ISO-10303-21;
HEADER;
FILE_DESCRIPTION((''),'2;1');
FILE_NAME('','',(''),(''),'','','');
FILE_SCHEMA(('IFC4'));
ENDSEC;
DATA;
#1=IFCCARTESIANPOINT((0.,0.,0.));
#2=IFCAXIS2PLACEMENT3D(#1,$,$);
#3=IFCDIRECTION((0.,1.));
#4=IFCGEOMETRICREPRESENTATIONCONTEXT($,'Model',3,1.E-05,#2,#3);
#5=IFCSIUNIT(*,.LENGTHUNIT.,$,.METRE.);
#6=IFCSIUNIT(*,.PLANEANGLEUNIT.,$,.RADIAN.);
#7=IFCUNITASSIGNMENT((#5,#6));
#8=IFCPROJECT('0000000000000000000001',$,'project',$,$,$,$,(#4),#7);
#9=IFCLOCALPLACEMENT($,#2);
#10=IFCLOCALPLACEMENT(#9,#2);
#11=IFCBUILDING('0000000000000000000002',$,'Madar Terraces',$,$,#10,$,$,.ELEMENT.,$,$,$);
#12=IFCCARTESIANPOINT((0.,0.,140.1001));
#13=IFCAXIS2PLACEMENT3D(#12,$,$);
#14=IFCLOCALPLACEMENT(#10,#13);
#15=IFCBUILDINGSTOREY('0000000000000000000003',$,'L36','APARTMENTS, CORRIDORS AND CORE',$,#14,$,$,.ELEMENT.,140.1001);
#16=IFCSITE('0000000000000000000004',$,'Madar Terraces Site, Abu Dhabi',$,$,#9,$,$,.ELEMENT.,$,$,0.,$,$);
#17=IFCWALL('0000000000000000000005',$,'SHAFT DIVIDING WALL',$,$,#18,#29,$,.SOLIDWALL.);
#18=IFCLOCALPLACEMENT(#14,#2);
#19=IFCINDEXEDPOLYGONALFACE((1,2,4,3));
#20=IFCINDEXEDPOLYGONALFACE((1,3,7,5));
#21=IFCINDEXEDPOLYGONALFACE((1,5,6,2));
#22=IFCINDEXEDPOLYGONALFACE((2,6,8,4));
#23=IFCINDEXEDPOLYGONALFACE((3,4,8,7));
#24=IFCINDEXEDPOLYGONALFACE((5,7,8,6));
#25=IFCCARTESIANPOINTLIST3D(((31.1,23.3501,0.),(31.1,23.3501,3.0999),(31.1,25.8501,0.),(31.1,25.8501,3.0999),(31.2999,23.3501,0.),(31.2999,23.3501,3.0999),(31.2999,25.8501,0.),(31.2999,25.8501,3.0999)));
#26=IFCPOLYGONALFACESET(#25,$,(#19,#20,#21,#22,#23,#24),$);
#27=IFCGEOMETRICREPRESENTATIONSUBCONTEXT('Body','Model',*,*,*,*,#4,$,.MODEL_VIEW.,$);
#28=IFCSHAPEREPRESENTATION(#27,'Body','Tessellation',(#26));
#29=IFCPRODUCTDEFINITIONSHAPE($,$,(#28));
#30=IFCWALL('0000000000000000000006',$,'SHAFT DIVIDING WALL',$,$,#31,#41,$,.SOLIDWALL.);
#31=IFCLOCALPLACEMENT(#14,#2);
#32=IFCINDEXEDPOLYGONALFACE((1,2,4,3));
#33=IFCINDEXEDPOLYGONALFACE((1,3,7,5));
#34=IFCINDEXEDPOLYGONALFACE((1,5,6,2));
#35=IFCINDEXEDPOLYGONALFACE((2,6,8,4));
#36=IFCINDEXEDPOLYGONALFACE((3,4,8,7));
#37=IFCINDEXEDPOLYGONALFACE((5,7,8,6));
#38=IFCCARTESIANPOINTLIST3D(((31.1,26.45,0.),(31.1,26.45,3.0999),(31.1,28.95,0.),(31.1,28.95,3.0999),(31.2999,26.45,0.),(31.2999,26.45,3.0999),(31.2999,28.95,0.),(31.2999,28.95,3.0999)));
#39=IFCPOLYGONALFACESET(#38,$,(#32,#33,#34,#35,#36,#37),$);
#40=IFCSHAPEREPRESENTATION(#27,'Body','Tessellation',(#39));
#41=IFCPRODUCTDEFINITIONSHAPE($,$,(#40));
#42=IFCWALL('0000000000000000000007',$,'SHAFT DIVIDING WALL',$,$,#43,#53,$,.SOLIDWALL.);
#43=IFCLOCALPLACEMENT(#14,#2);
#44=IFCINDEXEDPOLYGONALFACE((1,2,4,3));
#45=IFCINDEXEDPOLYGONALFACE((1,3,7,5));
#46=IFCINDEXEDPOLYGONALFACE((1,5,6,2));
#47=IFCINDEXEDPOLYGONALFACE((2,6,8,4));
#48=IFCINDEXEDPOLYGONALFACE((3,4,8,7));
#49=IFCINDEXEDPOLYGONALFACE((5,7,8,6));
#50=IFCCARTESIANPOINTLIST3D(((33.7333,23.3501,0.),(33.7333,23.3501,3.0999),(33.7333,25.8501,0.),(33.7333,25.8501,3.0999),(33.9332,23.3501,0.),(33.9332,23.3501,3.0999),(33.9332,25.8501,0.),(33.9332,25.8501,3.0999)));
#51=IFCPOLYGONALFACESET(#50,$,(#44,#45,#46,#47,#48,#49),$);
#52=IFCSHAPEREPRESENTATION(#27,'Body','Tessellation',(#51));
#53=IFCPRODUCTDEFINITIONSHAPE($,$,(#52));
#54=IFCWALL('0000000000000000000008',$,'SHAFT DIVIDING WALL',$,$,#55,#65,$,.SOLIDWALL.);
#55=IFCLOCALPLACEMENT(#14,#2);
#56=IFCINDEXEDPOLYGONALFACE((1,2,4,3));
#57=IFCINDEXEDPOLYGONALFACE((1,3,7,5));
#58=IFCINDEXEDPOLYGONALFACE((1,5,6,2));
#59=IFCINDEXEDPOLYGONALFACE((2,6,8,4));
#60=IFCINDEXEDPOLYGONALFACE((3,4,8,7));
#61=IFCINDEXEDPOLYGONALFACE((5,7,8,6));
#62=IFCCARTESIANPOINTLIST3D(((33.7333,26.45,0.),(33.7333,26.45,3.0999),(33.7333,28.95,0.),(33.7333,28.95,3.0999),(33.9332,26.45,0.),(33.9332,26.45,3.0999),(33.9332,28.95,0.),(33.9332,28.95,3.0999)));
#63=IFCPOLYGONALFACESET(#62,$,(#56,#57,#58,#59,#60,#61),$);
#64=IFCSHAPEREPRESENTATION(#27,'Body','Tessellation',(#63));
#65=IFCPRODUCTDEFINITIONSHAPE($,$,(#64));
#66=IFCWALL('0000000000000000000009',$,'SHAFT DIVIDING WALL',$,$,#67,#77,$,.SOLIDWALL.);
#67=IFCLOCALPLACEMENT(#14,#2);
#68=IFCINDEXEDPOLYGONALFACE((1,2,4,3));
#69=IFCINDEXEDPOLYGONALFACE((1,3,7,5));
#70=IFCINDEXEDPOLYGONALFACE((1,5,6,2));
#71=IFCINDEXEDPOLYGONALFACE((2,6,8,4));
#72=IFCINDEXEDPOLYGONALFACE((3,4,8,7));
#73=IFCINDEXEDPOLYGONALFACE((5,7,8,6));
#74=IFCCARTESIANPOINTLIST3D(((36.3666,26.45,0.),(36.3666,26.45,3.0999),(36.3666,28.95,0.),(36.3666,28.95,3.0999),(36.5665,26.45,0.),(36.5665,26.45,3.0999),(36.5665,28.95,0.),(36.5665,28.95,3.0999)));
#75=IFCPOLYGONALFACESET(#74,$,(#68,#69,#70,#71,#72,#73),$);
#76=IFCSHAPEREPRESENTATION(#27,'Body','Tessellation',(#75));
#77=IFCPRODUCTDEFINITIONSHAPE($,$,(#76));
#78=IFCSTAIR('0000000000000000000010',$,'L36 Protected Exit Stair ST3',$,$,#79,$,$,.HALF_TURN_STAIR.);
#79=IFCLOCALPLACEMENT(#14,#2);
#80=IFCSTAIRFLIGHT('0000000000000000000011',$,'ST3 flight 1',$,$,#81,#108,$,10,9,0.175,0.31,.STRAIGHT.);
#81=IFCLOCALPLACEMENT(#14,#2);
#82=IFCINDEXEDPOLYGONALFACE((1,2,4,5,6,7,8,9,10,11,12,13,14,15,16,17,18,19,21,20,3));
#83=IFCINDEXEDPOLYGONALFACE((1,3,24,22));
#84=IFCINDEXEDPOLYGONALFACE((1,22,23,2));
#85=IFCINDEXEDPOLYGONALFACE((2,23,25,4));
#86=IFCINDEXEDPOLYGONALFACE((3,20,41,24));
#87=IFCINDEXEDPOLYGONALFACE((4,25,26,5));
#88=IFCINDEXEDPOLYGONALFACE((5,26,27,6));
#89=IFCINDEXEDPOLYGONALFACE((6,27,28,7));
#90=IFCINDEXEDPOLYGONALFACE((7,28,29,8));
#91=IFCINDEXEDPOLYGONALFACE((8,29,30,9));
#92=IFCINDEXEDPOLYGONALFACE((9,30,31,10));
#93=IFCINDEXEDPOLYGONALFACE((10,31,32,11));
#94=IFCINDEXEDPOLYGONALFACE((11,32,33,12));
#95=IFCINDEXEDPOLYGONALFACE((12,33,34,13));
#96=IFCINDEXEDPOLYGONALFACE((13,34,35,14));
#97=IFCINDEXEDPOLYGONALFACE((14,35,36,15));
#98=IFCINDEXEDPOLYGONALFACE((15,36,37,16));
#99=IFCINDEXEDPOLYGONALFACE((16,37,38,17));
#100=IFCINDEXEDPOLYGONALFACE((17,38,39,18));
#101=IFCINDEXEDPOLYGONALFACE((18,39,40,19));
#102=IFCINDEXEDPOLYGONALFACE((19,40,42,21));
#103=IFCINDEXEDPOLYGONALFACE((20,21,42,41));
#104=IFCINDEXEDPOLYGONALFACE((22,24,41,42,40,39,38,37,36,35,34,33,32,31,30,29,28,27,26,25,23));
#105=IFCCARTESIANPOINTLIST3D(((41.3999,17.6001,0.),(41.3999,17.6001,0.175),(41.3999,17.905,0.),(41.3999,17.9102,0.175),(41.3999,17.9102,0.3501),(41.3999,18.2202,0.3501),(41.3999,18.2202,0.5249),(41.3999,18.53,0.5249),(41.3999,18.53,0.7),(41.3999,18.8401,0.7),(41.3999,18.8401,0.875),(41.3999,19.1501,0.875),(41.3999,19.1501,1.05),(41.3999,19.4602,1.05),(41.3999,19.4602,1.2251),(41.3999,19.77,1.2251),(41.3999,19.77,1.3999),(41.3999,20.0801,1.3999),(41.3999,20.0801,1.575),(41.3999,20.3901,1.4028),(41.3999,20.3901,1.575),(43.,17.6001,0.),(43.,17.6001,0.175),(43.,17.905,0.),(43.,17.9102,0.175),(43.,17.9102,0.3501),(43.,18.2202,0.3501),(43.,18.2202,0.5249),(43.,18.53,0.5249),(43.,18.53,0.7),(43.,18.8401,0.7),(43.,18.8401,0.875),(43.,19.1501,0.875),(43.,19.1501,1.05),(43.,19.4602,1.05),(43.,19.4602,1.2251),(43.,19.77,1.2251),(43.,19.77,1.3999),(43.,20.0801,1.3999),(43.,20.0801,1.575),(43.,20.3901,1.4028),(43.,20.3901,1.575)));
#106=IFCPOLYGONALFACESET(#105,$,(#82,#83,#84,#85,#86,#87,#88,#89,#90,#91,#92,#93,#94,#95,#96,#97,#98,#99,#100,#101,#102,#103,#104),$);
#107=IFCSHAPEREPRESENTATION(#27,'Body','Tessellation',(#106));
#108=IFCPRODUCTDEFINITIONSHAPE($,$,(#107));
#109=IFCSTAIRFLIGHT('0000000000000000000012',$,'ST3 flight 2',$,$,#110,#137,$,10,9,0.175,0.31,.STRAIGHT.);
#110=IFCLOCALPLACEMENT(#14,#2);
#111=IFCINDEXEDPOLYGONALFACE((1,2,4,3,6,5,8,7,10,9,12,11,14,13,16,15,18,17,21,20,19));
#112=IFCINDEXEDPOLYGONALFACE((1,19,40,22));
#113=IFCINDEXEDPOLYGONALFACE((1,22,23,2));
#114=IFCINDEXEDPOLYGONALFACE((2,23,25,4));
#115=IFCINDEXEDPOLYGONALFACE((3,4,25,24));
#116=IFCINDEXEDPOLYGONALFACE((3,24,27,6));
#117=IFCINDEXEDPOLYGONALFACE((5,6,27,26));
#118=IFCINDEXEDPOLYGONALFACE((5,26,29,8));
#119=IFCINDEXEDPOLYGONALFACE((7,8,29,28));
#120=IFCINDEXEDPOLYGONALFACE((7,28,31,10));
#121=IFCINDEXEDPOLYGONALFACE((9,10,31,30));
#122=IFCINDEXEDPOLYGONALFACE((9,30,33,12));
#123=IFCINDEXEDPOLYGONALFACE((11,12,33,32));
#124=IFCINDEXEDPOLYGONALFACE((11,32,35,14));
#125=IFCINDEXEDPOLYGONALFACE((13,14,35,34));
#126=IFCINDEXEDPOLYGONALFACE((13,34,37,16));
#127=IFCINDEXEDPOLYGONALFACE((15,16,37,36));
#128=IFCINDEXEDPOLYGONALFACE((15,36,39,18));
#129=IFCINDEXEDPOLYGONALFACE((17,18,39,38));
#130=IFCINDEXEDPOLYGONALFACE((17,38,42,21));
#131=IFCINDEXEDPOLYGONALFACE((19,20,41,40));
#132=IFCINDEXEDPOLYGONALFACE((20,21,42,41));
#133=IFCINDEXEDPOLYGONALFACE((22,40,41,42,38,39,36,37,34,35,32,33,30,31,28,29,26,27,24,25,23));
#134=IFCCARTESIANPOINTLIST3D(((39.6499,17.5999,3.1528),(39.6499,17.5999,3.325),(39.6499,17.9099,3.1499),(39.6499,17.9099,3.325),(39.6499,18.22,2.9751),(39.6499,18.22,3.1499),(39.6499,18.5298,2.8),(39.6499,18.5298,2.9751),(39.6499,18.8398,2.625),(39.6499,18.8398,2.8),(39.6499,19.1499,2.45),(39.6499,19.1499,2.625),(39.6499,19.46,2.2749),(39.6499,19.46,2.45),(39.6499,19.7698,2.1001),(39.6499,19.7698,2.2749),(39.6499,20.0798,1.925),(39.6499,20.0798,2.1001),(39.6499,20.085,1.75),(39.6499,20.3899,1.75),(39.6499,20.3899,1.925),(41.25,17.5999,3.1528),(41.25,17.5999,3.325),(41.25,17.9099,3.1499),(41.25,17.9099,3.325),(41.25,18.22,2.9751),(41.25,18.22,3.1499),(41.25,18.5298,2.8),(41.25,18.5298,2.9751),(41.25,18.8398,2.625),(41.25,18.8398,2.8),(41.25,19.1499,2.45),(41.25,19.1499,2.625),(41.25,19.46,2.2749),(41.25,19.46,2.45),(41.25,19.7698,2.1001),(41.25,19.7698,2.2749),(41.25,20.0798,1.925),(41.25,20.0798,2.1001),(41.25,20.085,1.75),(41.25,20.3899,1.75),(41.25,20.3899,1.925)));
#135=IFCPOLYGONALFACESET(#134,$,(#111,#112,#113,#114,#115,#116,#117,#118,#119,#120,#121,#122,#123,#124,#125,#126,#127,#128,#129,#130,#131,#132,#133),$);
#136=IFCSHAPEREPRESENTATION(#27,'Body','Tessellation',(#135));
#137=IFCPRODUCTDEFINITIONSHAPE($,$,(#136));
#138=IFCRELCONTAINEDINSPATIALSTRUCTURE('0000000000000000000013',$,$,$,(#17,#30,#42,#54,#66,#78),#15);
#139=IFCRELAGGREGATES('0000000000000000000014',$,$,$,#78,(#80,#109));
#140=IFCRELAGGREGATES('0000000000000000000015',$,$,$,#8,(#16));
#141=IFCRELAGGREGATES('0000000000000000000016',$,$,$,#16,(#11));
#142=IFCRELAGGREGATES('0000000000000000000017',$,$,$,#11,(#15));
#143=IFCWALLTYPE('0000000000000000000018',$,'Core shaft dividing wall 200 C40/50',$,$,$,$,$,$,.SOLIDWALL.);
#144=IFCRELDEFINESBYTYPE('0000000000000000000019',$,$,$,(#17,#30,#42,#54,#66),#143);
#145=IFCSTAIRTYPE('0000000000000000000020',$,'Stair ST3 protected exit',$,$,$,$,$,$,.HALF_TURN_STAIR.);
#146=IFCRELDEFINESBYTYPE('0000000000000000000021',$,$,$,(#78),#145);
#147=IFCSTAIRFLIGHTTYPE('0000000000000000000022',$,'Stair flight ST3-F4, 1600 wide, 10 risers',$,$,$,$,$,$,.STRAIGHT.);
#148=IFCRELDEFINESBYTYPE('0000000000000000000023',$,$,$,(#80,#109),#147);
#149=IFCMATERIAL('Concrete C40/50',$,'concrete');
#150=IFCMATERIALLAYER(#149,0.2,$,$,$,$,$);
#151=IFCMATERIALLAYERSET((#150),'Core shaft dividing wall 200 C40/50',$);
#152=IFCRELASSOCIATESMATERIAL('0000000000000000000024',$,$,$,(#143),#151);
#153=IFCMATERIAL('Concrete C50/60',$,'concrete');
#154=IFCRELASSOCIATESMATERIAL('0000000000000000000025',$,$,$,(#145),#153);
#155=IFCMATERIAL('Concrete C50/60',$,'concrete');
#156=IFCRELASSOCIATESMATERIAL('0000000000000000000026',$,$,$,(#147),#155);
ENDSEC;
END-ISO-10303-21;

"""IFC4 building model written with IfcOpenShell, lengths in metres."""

from ifc_helpers import new_model, si_unit, direction, frame, frame_2d, origin, place, context, subcontext, project, spatial, polyline, rectangle, outline, extrude, material, layer, layer_set, type_object, element, aggregate, save


model = new_model("IFC4")

# Units and contexts
model_context = context("Model", 3, precision=1e-05, world=origin(), true_north=direction((0.0, 1.0)))
body_context = subcontext(model_context, "Body", "Model", "MODEL_VIEW")
ifc_project = project(units=[si_unit("LENGTHUNIT", "METRE"), si_unit("PLANEANGLEUNIT", "RADIAN")], contexts=[model_context])

# Site, building, storey
site_placement = place(None, origin())
site = spatial("IfcSite", under=ifc_project, at=site_placement, Name="Madar Terraces Site, Abu Dhabi", CompositionType="ELEMENT", RefElevation=0.0)
building_placement = place(site_placement, origin())
building = spatial("IfcBuilding", under=site, at=building_placement, Name="Madar Terraces", CompositionType="ELEMENT")
storey_placement = place(building_placement, frame((0.0, 0.0, 140.1001)))
storey = spatial("IfcBuildingStorey", under=building, at=storey_placement, Name="L36", Description="APARTMENTS, CORRIDORS AND CORE", CompositionType="ELEMENT", Elevation=140.1001)

# Walls
ifc_material_1 = material(Name="Concrete C40/50", Category="concrete")
ifc_layer_1 = layer(ifc_material_1, 0.2)
ifc_layer_set_1 = layer_set([ifc_layer_1], Name="Core shaft dividing wall 200 C40/50")
wall_type_1 = type_object("IfcWallType", Name="Core shaft dividing wall 200 C40/50", PredefinedType="SOLIDWALL", material=ifc_layer_set_1)
for number, where, z_axis, x_axis, name in (
    (1, (31.2, 23.3501, 0.0), (0.0, 0.0, 1.0), (0.0, 1.0, 0.0), "SHAFT DIVIDING WALL"),
    (2, (31.2, 26.45, 0.0), (0.0, 0.0, 1.0), (0.0, 1.0, 0.0), "SHAFT DIVIDING WALL"),
    (3, (33.8333, 23.3501, 0.0), (0.0, 0.0, 1.0), (0.0, 1.0, 0.0), "SHAFT DIVIDING WALL"),
    (4, (33.8333, 26.45, 0.0), (0.0, 0.0, 1.0), (0.0, 1.0, 0.0), "SHAFT DIVIDING WALL"),
    (5, (36.4666, 26.45, 0.0), (0.0, 0.0, 1.0), (0.0, 1.0, 0.0), "SHAFT DIVIDING WALL"),
):
    element("IfcWall", number, at=place(storey_placement, frame(where, z_axis=z_axis, x_axis=x_axis)), inside=storey, type_object=wall_type_1, Name=name, PredefinedType="SOLIDWALL", context=body_context, shape_type="SweptSolid", body=[
        extrude(rectangle(XDim=2.5, YDim=0.2, at=frame_2d((1.25, 0.0))), origin(), (0.0, 0.0, 1.0), 3.0999),
    ])

# Stair, stair flights
ifc_material_2 = material(Name="Concrete C50/60", Category="concrete")
stair_type = type_object("IfcStairType", Name="Stair ST3 protected exit", PredefinedType="HALF_TURN_STAIR", material=ifc_material_2)
stair_placement = place(storey_placement, origin())
stair = element("IfcStair", 6, at=stair_placement, inside=storey, type_object=stair_type, Name="L36 Protected Exit Stair ST3", PredefinedType="HALF_TURN_STAIR")
ifc_material_3 = material(Name="Concrete C50/60", Category="concrete")
stair_flight_type = type_object("IfcStairFlightType", Name="Stair flight ST3-F4, 1600 wide, 10 risers", PredefinedType="STRAIGHT", material=ifc_material_3)
stair_flight_1_placement = place(storey_placement, frame((42.2, 17.6001, 0.0), z_axis=(0.0, 0.0, 1.0), x_axis=(0.0, 1.0, 0.0)))
stair_flight_1 = element("IfcStairFlight", 7, at=stair_flight_1_placement, type_object=stair_flight_type, Name="ST3 flight 1", NumberOfRisers=10, NumberOfTreads=9, PredefinedType="STRAIGHT", RiserHeight=0.175, TreadLength=0.31, context=body_context, shape_type="SweptSolid", body=[
    extrude(outline(polyline([(0.0, 0.0), (0.0, 0.175), (0.3101, 0.175), (0.3101, 0.3501), (0.6201, 0.3501), (0.6201, 0.5249), (0.9299, 0.5249), (0.9299, 0.7), (1.24, 0.7), (1.24, 0.875), (1.55, 0.875), (1.55, 1.05), (1.8601, 1.05), (1.8601, 1.2251), (2.1699, 1.2251), (2.1699, 1.3999), (2.48, 1.3999), (2.48, 1.575), (2.79, 1.575), (2.79, 1.75), (2.79, 1.4028), (0.3049, 0.0), (0.0, 0.0)])), frame((0.0, 0.8, 0.0), z_axis=(0.0, -1.0, 0.0), x_axis=(1.0, 0.0, 0.0)), (0.0, 0.0, 1.0), 1.6001),
])
stair_flight_2_placement = place(storey_placement, frame((40.45, 20.3899, 1.75), z_axis=(0.0, 0.0, 1.0), x_axis=(0.0, -1.0, 0.0)))
stair_flight_2 = element("IfcStairFlight", 8, at=stair_flight_2_placement, type_object=stair_flight_type, Name="ST3 flight 2", NumberOfRisers=10, NumberOfTreads=9, PredefinedType="STRAIGHT", RiserHeight=0.175, TreadLength=0.31, context=body_context, shape_type="SweptSolid", body=[
    extrude(outline(polyline([(0.0, 0.0), (0.0, 0.175), (0.3101, 0.175), (0.3101, 0.3501), (0.6201, 0.3501), (0.6201, 0.5249), (0.9299, 0.5249), (0.9299, 0.7), (1.24, 0.7), (1.24, 0.875), (1.55, 0.875), (1.55, 1.05), (1.8601, 1.05), (1.8601, 1.2251), (2.1699, 1.2251), (2.1699, 1.3999), (2.48, 1.3999), (2.48, 1.575), (2.79, 1.575), (2.79, 1.75), (2.79, 1.4028), (0.3049, 0.0), (0.0, 0.0)])), frame((0.0, 0.8, 0.0), z_axis=(0.0, -1.0, 0.0), x_axis=(1.0, 0.0, 0.0)), (0.0, 0.0, 1.0), 1.6001),
])
aggregate(stair, [stair_flight_1, stair_flight_2])

save(model, "model.ifc")
